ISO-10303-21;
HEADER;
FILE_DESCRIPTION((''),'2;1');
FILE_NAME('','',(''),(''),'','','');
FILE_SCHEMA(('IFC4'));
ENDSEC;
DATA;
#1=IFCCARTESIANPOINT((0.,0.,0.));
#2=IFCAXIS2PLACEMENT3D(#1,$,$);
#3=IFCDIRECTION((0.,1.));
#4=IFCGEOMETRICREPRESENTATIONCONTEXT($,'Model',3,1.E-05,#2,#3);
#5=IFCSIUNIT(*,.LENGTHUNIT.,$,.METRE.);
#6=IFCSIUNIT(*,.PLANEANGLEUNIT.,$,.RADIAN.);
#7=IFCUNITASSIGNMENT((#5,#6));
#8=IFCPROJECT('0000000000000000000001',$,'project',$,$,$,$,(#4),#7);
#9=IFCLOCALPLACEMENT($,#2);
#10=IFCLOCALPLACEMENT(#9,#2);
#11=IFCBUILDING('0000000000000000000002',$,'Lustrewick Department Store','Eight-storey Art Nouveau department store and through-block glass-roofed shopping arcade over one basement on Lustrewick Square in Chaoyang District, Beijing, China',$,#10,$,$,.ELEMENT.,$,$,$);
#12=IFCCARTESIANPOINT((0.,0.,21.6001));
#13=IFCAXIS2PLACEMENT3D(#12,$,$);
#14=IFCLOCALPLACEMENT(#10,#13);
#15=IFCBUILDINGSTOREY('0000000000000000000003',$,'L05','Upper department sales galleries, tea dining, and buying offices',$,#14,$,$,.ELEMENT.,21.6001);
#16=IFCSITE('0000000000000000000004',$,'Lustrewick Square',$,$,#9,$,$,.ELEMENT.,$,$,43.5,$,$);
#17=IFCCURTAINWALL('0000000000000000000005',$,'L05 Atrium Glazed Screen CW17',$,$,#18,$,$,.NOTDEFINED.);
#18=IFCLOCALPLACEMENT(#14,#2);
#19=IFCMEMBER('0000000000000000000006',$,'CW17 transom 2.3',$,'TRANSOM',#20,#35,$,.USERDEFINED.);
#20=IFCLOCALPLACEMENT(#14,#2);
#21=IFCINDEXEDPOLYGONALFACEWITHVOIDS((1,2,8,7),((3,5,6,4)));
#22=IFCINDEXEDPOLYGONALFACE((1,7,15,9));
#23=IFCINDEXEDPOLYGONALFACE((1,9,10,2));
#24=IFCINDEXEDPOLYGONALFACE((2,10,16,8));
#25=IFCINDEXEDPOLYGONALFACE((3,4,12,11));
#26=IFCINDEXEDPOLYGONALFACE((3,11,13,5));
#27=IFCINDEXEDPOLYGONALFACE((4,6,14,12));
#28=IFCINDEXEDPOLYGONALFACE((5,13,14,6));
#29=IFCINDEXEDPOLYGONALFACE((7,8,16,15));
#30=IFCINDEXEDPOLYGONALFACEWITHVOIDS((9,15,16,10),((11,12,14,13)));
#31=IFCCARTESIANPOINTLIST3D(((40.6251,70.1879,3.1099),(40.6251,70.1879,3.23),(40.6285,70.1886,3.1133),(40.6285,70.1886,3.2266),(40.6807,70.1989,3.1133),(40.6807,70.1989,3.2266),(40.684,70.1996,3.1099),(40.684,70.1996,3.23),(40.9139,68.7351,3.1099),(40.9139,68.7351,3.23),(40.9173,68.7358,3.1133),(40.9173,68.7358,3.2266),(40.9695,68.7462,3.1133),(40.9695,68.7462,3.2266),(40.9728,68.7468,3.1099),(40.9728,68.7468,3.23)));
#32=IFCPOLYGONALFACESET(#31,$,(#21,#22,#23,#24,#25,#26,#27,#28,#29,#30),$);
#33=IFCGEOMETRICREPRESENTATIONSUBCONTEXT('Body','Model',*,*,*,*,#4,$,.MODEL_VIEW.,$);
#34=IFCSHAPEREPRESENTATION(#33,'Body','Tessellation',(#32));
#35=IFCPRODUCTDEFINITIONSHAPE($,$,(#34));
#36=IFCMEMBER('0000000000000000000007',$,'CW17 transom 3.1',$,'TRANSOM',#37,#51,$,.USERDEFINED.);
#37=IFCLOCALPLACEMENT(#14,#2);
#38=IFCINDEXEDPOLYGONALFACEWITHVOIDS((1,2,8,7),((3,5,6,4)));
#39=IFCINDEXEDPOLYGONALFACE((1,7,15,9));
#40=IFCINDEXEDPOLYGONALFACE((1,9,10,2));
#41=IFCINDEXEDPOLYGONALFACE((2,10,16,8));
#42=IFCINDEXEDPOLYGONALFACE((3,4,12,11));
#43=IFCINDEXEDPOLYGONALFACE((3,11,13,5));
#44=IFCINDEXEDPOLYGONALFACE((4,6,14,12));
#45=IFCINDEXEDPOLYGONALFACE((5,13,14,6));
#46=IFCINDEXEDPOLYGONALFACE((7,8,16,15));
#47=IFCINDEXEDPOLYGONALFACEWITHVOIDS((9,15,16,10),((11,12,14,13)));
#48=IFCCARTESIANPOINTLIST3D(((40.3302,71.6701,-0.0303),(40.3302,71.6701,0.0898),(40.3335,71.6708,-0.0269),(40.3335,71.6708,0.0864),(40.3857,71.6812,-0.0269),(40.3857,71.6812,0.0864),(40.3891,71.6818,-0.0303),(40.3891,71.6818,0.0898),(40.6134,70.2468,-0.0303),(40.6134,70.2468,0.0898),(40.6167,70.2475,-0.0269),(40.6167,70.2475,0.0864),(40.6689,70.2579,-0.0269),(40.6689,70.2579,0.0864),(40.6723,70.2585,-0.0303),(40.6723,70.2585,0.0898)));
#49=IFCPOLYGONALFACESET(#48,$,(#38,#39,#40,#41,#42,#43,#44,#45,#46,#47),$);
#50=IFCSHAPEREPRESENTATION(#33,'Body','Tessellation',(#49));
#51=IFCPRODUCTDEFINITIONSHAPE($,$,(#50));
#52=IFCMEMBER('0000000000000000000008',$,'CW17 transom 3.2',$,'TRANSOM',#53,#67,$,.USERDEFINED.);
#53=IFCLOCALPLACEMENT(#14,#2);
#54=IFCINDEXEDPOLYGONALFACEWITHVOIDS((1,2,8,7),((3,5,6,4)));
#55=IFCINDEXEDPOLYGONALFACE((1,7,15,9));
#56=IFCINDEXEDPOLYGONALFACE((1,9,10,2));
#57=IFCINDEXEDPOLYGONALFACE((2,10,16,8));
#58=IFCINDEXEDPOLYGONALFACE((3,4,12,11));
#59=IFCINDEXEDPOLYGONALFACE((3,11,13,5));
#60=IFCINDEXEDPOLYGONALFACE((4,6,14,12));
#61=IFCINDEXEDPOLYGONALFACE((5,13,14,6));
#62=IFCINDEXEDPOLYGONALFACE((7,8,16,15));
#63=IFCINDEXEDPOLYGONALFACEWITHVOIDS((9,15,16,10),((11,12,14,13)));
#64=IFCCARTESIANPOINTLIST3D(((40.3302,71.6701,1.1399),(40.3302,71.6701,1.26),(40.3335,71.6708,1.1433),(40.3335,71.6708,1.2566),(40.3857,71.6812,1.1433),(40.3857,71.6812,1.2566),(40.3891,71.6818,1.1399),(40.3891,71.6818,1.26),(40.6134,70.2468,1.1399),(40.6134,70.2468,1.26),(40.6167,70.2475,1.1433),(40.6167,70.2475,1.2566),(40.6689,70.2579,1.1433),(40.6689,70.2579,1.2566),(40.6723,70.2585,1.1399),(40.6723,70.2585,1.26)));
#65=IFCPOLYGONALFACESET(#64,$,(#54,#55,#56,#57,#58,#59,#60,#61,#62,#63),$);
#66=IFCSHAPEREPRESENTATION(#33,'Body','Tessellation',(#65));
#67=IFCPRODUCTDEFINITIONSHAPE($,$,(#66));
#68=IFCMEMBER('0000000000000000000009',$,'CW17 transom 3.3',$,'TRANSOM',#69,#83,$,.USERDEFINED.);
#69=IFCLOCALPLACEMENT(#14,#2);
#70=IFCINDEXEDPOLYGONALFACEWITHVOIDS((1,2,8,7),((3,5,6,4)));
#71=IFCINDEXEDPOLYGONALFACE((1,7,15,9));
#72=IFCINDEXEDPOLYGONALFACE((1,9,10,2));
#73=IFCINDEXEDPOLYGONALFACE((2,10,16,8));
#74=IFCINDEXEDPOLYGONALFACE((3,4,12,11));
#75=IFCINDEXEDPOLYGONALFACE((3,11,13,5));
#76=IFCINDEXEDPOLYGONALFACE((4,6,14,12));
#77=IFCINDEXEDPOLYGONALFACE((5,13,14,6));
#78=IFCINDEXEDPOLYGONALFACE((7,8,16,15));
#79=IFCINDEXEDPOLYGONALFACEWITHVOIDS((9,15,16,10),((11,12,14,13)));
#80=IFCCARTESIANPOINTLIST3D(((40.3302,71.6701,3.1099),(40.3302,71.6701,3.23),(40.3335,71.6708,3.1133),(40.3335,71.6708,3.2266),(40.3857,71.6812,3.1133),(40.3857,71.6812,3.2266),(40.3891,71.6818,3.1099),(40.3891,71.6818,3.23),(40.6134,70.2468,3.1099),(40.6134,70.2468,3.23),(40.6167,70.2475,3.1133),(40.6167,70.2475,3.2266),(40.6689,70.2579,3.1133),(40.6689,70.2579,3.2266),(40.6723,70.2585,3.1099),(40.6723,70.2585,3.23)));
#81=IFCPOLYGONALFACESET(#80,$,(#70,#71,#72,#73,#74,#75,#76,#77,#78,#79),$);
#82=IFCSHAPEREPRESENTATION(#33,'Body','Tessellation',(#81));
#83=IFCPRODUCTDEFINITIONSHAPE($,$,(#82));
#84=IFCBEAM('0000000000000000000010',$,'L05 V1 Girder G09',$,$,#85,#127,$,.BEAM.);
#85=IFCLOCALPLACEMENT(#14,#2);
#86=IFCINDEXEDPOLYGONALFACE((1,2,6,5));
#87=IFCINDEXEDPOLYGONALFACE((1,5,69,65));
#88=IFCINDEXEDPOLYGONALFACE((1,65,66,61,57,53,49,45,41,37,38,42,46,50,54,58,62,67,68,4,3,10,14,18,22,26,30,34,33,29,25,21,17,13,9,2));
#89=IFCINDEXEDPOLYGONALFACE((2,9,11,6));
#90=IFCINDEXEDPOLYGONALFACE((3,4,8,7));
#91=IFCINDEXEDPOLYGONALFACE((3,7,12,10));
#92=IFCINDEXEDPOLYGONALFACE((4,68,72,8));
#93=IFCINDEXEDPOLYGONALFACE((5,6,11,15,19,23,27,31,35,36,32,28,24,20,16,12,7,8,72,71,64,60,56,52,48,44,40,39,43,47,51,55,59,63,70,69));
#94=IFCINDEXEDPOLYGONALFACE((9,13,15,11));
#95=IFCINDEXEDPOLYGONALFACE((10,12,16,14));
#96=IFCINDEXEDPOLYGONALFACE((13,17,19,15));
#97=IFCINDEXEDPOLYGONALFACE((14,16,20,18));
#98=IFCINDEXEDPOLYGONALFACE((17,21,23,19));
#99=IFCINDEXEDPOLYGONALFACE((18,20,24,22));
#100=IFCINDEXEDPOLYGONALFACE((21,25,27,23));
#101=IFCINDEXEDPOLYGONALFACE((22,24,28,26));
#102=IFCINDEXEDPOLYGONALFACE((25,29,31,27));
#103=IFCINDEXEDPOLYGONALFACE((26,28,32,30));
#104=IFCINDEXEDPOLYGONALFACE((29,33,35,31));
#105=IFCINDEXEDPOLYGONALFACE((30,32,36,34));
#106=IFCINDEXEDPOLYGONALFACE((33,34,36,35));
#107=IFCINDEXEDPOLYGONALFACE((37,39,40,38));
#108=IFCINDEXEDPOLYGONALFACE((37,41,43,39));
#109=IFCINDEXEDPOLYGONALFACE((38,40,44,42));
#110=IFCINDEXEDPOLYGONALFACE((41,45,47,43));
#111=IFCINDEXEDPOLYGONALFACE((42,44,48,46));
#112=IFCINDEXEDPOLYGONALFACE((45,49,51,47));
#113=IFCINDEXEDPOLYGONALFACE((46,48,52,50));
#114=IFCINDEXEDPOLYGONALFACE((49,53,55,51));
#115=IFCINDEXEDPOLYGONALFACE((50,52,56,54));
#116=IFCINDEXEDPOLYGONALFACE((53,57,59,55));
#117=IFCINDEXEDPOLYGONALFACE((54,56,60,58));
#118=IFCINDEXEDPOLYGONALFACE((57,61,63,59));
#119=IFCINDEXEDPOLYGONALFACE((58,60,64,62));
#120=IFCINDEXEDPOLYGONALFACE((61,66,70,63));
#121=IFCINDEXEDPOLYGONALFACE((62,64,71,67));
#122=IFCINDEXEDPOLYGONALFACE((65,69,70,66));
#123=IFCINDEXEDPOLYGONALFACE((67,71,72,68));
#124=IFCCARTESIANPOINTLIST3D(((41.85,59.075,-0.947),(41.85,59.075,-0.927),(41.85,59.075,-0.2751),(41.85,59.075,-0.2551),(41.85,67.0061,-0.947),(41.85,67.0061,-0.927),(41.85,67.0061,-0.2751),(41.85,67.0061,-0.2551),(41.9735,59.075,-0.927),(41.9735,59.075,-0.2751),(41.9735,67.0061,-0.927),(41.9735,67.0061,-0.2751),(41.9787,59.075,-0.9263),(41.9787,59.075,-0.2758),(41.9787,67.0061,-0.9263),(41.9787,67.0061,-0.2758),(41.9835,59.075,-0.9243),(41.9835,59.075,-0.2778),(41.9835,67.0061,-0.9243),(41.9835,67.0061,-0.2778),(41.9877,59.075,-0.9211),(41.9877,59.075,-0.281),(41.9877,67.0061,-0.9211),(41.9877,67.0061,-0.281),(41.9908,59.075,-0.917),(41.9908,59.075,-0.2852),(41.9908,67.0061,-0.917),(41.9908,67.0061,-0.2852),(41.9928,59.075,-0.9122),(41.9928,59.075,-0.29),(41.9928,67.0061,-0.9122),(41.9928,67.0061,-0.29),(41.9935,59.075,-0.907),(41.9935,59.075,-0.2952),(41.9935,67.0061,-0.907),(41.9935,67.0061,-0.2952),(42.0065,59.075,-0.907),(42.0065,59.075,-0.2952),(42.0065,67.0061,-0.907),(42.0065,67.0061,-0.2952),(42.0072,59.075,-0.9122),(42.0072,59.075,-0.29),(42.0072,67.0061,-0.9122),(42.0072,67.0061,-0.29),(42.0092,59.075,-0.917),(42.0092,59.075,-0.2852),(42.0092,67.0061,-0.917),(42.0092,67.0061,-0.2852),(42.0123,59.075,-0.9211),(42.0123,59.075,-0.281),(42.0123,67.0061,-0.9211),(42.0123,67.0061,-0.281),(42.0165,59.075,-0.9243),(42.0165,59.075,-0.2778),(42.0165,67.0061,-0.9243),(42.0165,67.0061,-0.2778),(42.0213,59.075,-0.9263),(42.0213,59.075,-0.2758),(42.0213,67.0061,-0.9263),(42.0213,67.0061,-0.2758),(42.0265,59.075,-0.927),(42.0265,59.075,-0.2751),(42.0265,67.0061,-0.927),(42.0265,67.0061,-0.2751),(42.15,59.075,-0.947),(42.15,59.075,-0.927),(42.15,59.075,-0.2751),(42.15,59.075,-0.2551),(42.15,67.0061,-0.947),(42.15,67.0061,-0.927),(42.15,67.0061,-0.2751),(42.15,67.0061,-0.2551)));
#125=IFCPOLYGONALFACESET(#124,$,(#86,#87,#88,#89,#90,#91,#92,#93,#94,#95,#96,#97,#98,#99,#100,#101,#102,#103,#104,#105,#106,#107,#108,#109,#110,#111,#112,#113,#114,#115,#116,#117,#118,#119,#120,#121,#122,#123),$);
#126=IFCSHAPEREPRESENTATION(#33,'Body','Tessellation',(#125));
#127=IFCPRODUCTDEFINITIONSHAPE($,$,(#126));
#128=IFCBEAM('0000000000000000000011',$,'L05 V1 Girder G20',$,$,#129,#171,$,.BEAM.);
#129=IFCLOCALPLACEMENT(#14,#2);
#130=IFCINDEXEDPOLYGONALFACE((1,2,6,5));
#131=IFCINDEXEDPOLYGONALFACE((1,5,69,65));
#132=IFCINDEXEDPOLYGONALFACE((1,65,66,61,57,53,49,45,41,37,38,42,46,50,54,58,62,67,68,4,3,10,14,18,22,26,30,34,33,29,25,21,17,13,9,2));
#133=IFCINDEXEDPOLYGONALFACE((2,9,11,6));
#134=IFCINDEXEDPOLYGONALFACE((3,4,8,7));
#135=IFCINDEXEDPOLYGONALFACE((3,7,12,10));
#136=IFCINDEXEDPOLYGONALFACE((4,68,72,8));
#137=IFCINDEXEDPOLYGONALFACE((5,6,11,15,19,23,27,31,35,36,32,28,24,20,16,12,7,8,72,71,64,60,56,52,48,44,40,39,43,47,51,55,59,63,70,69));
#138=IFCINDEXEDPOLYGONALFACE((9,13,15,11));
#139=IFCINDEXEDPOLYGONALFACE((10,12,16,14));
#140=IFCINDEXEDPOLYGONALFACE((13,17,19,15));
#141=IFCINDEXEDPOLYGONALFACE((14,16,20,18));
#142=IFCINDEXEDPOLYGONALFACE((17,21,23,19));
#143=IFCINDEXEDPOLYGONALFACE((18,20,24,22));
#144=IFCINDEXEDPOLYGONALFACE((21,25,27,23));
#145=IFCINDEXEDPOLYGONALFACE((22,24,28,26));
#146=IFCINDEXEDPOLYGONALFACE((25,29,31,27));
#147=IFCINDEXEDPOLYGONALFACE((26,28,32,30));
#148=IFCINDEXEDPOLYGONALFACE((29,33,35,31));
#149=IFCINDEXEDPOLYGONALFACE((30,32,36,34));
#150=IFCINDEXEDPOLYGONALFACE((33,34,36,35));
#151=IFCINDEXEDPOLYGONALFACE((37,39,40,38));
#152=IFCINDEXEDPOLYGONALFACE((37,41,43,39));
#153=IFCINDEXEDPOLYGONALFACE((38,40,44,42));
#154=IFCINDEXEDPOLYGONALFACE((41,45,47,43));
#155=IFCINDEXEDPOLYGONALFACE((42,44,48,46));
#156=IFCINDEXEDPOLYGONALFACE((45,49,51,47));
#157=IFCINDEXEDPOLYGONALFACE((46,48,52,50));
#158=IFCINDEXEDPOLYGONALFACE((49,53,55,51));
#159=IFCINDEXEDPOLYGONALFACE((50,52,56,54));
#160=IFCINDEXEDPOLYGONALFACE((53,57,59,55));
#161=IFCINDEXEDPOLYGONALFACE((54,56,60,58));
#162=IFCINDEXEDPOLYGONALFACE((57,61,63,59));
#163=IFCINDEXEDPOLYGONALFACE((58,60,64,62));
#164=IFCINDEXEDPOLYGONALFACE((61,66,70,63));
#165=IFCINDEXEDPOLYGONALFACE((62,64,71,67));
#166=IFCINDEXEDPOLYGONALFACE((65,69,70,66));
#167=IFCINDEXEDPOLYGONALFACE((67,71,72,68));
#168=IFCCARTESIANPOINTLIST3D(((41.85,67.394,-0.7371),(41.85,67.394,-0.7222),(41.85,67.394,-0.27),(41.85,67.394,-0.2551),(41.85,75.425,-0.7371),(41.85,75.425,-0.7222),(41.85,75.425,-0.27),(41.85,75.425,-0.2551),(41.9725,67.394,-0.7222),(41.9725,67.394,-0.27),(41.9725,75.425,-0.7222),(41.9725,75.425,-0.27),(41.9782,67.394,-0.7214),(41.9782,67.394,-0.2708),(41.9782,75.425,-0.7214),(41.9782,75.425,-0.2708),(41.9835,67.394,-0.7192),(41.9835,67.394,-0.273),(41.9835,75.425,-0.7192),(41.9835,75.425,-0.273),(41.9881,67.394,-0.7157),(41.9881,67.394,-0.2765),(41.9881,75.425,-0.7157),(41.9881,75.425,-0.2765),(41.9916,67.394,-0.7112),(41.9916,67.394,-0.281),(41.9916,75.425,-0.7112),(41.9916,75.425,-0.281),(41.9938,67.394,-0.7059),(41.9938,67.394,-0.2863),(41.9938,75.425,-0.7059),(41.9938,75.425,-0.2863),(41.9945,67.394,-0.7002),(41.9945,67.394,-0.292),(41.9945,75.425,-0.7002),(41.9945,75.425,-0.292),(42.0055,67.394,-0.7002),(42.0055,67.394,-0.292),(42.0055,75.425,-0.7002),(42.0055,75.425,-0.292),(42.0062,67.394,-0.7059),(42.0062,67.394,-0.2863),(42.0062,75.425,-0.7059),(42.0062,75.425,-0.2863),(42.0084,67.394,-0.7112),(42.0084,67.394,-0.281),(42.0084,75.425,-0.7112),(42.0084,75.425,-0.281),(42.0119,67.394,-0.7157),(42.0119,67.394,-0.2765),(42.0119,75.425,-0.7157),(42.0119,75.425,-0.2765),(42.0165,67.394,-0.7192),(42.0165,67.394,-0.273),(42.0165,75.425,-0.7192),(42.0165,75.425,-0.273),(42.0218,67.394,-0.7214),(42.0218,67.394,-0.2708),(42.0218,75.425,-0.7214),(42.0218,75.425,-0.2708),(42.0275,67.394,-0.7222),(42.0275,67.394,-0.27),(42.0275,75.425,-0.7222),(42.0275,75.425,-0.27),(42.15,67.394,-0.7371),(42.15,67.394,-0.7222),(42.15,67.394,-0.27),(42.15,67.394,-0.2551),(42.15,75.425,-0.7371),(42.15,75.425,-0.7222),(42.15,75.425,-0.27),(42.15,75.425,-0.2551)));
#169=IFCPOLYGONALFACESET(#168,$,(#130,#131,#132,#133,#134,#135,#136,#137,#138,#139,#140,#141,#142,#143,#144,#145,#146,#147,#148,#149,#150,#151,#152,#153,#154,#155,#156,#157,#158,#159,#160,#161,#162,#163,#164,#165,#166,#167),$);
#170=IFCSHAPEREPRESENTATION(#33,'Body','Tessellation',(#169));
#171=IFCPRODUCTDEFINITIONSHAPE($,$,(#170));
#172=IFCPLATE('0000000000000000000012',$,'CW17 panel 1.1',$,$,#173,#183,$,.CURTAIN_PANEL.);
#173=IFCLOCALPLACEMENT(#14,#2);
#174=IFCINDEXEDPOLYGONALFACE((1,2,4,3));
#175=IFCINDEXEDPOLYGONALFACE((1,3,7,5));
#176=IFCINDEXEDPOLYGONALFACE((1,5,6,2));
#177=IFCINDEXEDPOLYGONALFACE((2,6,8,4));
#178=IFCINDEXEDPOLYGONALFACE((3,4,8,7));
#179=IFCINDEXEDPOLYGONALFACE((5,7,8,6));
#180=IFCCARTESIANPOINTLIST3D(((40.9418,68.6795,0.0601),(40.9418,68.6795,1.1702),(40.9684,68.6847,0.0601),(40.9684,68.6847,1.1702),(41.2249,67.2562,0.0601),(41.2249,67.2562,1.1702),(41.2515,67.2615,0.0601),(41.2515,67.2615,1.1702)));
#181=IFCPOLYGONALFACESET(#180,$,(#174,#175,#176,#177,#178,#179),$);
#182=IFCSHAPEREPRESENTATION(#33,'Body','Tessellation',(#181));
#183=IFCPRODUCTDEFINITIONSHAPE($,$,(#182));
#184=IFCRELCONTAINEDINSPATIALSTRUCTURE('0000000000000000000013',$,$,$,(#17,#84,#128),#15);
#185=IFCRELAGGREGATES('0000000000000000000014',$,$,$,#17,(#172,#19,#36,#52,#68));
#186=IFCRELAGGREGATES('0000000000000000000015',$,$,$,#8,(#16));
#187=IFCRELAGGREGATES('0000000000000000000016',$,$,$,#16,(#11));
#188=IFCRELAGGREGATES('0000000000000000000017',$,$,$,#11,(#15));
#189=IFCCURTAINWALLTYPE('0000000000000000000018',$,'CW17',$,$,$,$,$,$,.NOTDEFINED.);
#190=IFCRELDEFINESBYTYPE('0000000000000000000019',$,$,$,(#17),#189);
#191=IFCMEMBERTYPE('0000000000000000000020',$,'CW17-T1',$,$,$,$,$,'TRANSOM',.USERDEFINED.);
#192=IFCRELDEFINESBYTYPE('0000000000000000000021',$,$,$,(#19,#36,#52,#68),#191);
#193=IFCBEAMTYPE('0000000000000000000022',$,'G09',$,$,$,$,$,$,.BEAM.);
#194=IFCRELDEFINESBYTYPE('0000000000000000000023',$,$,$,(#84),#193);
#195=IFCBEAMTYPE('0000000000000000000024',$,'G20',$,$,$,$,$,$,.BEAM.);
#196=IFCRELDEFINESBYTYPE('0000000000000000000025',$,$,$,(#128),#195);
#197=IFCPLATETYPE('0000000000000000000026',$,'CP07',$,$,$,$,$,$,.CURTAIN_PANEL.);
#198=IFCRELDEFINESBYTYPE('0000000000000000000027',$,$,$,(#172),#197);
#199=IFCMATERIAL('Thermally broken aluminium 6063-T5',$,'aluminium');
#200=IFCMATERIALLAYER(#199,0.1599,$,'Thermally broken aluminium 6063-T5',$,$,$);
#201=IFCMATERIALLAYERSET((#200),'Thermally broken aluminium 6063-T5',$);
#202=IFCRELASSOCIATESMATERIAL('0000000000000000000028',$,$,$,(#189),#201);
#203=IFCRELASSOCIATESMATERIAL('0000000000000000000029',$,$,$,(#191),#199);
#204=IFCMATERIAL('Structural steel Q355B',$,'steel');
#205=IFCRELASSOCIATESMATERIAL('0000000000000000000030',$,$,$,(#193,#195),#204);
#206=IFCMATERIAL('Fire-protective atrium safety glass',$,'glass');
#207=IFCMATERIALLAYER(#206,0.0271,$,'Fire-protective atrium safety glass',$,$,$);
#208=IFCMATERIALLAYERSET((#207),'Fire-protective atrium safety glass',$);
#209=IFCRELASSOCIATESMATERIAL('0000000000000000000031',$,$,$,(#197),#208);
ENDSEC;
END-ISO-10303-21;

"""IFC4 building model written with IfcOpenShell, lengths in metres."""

from ifc_helpers import new_model, si_unit, direction, frame, origin, origin_2d, place, context, subcontext, project, spatial, rectangle, hollow_rectangle, i_section, extrude, material, layer, layer_set, material_profile, profile_set, type_object, element, aggregate, save


model = new_model("IFC4")

# Units and contexts
model_context = context("Model", 3, precision=1e-05, world=origin(), true_north=direction((0.0, 1.0)))
body_context = subcontext(model_context, "Body", "Model", "MODEL_VIEW")
ifc_project = project(units=[si_unit("LENGTHUNIT", "METRE"), si_unit("PLANEANGLEUNIT", "RADIAN")], contexts=[model_context])

# Site, building, storey
site_placement = place(None, origin())
site = spatial("IfcSite", under=ifc_project, at=site_placement, Name="Lustrewick Square", CompositionType="ELEMENT", RefElevation=43.5)
building_placement = place(site_placement, origin())
building = spatial("IfcBuilding", under=site, at=building_placement, Name="Lustrewick Department Store", Description="Eight-storey Art Nouveau department store and through-block glass-roofed shopping arcade over one basement on Lustrewick Square in Chaoyang District, Beijing, China", CompositionType="ELEMENT")
storey_placement = place(building_placement, frame((0.0, 0.0, 21.6001)))
storey = spatial("IfcBuildingStorey", under=building, at=storey_placement, Name="L05", Description="Upper department sales galleries, tea dining, and buying offices", CompositionType="ELEMENT", Elevation=21.6001)

# Shared definitions
ifc_material_1 = material(Name="Structural steel Q355B", Category="steel")

# Curtain wall, members
ifc_material_2 = material(Name="Thermally broken aluminium 6063-T5", Category="aluminium")
ifc_layer_1 = layer(ifc_material_2, 0.1599, Name="Thermally broken aluminium 6063-T5")
ifc_layer_set_1 = layer_set([ifc_layer_1], Name="Thermally broken aluminium 6063-T5")
curtain_wall_type = type_object("IfcCurtainWallType", Name="CW17", PredefinedType="NOTDEFINED", material=ifc_layer_set_1)
curtain_wall_placement = place(storey_placement, origin())
curtain_wall = element("IfcCurtainWall", 1, at=curtain_wall_placement, inside=storey, type_object=curtain_wall_type, Name="L05 Atrium Glazed Screen CW17", PredefinedType="NOTDEFINED")
ifc_material_profile_1 = material_profile(ifc_material_2, hollow_rectangle(XDim=0.0601, YDim=0.1201, WallThickness=0.0034, at=origin_2d()), Name="ALU-T 60x120x3.5")
ifc_profile_set_1 = profile_set([ifc_material_profile_1], Name="Thermally broken aluminium 6063-T5")
member_type_1 = type_object("IfcMemberType", Name="CW17-T1", ElementType="TRANSOM", PredefinedType="USERDEFINED", material=ifc_profile_set_1)
member_1_placement = place(storey_placement, frame((40.9434, 68.741, 3.1699), z_axis=(-0.194975, 0.980808, 0.0), x_axis=(-0.980808, -0.194975, 0.0)))
member_1 = element("IfcMember", 2, at=member_1_placement, type_object=member_type_1, Name="CW17 transom 2.3", ObjectType="TRANSOM", PredefinedType="USERDEFINED", context=body_context, shape_type="SweptSolid", body=[
    extrude(hollow_rectangle(XDim=0.0601, YDim=0.1201, WallThickness=0.0034, at=origin_2d()), origin(), (0.0, 0.0, 1.0), 1.4812),
])
member_2_placement = place(storey_placement, frame((40.6428, 70.2527, 0.0298), z_axis=(-0.195145, 0.980774, 0.0), x_axis=(-0.980774, -0.195145, 0.0)))
member_2 = element("IfcMember", 3, at=member_2_placement, type_object=member_type_1, Name="CW17 transom 3.1", ObjectType="TRANSOM", PredefinedType="USERDEFINED", context=body_context, shape_type="SweptSolid", body=[
    extrude(hollow_rectangle(XDim=0.0601, YDim=0.1201, WallThickness=0.0034, at=origin_2d()), origin(), (0.0, 0.0, 1.0), 1.4512),
])
member_3_placement = place(storey_placement, frame((40.6428, 70.2527, 1.2), z_axis=(-0.195145, 0.980774, 0.0), x_axis=(-0.980774, -0.195145, 0.0)))
member_3 = element("IfcMember", 4, at=member_3_placement, type_object=member_type_1, Name="CW17 transom 3.2", ObjectType="TRANSOM", PredefinedType="USERDEFINED", context=body_context, shape_type="SweptSolid", body=[
    extrude(hollow_rectangle(XDim=0.0601, YDim=0.1201, WallThickness=0.0034, at=origin_2d()), origin(), (0.0, 0.0, 1.0), 1.4512),
])
member_4_placement = place(storey_placement, frame((40.6428, 70.2527, 3.1699), z_axis=(-0.195145, 0.980774, 0.0), x_axis=(-0.980774, -0.195145, 0.0)))
member_4 = element("IfcMember", 5, at=member_4_placement, type_object=member_type_1, Name="CW17 transom 3.3", ObjectType="TRANSOM", PredefinedType="USERDEFINED", context=body_context, shape_type="SweptSolid", body=[
    extrude(hollow_rectangle(XDim=0.0601, YDim=0.1201, WallThickness=0.0034, at=origin_2d()), origin(), (0.0, 0.0, 1.0), 1.4512),
])

# Beams
ifc_material_profile_2 = material_profile(ifc_material_1, i_section(OverallWidth=0.3, OverallDepth=0.6919, WebThickness=0.0129, FlangeThickness=0.02, FilletRadius=0.02, at=origin_2d()), Name="HN 692x300x13x20")
ifc_profile_set_2 = profile_set([ifc_material_profile_2], Name="Structural steel Q355B")
beam_type_1 = type_object("IfcBeamType", Name="G09", PredefinedType="BEAM", material=ifc_profile_set_2)
beam_1_placement = place(storey_placement, frame((42.0, 59.075, -0.6011), z_axis=(0.0, 1.0, 0.0), x_axis=(-1.0, 0.0, 0.0)))
element("IfcBeam", 6, at=beam_1_placement, inside=storey, type_object=beam_type_1, Name="L05 V1 Girder G09", PredefinedType="BEAM", context=body_context, shape_type="SweptSolid", body=[
    extrude(i_section(OverallWidth=0.3, OverallDepth=0.6919, WebThickness=0.0129, FlangeThickness=0.02, FilletRadius=0.02, at=origin_2d()), origin(), (0.0, 0.0, 1.0), 7.9312),
])
ifc_material_profile_3 = material_profile(ifc_material_1, i_section(OverallWidth=0.3, OverallDepth=0.4819, WebThickness=0.011, FlangeThickness=0.0149, FilletRadius=0.022, at=origin_2d()), Name="HM 482x300x11x15")
ifc_profile_set_3 = profile_set([ifc_material_profile_3], Name="Structural steel Q355B")
beam_type_2 = type_object("IfcBeamType", Name="G20", PredefinedType="BEAM", material=ifc_profile_set_3)
beam_2_placement = place(storey_placement, frame((42.0, 67.394, -0.4961), z_axis=(0.0, 1.0, 0.0), x_axis=(-1.0, 0.0, 0.0)))
element("IfcBeam", 7, at=beam_2_placement, inside=storey, type_object=beam_type_2, Name="L05 V1 Girder G20", PredefinedType="BEAM", context=body_context, shape_type="SweptSolid", body=[
    extrude(i_section(OverallWidth=0.3, OverallDepth=0.4819, WebThickness=0.011, FlangeThickness=0.0149, FilletRadius=0.022, at=origin_2d()), origin(), (0.0, 0.0, 1.0), 8.031),
])

# Plate
ifc_material_3 = material(Name="Fire-protective atrium safety glass", Category="glass")
ifc_layer_2 = layer(ifc_material_3, 0.0271, Name="Fire-protective atrium safety glass")
ifc_layer_set_2 = layer_set([ifc_layer_2], Name="Fire-protective atrium safety glass")
plate_type = type_object("IfcPlateType", Name="CP07", PredefinedType="CURTAIN_PANEL", material=ifc_layer_set_2)
plate_1_placement = place(storey_placement, frame((41.0967, 67.9705, 0.0601), z_axis=(0.0, 0.0, 1.0), x_axis=(-0.195085, 0.980786, 0.0)))
plate_1 = element("IfcPlate", 8, at=plate_1_placement, type_object=plate_type, Name="CW17 panel 1.1", PredefinedType="CURTAIN_PANEL", context=body_context, shape_type="SweptSolid", body=[
    extrude(rectangle(XDim=1.4512, YDim=0.0271, at=origin_2d()), origin(), (0.0, 0.0, 1.0), 1.1101),
])
aggregate(curtain_wall, [plate_1, member_1, member_2, member_3, member_4])

save(model, "model.ifc")
